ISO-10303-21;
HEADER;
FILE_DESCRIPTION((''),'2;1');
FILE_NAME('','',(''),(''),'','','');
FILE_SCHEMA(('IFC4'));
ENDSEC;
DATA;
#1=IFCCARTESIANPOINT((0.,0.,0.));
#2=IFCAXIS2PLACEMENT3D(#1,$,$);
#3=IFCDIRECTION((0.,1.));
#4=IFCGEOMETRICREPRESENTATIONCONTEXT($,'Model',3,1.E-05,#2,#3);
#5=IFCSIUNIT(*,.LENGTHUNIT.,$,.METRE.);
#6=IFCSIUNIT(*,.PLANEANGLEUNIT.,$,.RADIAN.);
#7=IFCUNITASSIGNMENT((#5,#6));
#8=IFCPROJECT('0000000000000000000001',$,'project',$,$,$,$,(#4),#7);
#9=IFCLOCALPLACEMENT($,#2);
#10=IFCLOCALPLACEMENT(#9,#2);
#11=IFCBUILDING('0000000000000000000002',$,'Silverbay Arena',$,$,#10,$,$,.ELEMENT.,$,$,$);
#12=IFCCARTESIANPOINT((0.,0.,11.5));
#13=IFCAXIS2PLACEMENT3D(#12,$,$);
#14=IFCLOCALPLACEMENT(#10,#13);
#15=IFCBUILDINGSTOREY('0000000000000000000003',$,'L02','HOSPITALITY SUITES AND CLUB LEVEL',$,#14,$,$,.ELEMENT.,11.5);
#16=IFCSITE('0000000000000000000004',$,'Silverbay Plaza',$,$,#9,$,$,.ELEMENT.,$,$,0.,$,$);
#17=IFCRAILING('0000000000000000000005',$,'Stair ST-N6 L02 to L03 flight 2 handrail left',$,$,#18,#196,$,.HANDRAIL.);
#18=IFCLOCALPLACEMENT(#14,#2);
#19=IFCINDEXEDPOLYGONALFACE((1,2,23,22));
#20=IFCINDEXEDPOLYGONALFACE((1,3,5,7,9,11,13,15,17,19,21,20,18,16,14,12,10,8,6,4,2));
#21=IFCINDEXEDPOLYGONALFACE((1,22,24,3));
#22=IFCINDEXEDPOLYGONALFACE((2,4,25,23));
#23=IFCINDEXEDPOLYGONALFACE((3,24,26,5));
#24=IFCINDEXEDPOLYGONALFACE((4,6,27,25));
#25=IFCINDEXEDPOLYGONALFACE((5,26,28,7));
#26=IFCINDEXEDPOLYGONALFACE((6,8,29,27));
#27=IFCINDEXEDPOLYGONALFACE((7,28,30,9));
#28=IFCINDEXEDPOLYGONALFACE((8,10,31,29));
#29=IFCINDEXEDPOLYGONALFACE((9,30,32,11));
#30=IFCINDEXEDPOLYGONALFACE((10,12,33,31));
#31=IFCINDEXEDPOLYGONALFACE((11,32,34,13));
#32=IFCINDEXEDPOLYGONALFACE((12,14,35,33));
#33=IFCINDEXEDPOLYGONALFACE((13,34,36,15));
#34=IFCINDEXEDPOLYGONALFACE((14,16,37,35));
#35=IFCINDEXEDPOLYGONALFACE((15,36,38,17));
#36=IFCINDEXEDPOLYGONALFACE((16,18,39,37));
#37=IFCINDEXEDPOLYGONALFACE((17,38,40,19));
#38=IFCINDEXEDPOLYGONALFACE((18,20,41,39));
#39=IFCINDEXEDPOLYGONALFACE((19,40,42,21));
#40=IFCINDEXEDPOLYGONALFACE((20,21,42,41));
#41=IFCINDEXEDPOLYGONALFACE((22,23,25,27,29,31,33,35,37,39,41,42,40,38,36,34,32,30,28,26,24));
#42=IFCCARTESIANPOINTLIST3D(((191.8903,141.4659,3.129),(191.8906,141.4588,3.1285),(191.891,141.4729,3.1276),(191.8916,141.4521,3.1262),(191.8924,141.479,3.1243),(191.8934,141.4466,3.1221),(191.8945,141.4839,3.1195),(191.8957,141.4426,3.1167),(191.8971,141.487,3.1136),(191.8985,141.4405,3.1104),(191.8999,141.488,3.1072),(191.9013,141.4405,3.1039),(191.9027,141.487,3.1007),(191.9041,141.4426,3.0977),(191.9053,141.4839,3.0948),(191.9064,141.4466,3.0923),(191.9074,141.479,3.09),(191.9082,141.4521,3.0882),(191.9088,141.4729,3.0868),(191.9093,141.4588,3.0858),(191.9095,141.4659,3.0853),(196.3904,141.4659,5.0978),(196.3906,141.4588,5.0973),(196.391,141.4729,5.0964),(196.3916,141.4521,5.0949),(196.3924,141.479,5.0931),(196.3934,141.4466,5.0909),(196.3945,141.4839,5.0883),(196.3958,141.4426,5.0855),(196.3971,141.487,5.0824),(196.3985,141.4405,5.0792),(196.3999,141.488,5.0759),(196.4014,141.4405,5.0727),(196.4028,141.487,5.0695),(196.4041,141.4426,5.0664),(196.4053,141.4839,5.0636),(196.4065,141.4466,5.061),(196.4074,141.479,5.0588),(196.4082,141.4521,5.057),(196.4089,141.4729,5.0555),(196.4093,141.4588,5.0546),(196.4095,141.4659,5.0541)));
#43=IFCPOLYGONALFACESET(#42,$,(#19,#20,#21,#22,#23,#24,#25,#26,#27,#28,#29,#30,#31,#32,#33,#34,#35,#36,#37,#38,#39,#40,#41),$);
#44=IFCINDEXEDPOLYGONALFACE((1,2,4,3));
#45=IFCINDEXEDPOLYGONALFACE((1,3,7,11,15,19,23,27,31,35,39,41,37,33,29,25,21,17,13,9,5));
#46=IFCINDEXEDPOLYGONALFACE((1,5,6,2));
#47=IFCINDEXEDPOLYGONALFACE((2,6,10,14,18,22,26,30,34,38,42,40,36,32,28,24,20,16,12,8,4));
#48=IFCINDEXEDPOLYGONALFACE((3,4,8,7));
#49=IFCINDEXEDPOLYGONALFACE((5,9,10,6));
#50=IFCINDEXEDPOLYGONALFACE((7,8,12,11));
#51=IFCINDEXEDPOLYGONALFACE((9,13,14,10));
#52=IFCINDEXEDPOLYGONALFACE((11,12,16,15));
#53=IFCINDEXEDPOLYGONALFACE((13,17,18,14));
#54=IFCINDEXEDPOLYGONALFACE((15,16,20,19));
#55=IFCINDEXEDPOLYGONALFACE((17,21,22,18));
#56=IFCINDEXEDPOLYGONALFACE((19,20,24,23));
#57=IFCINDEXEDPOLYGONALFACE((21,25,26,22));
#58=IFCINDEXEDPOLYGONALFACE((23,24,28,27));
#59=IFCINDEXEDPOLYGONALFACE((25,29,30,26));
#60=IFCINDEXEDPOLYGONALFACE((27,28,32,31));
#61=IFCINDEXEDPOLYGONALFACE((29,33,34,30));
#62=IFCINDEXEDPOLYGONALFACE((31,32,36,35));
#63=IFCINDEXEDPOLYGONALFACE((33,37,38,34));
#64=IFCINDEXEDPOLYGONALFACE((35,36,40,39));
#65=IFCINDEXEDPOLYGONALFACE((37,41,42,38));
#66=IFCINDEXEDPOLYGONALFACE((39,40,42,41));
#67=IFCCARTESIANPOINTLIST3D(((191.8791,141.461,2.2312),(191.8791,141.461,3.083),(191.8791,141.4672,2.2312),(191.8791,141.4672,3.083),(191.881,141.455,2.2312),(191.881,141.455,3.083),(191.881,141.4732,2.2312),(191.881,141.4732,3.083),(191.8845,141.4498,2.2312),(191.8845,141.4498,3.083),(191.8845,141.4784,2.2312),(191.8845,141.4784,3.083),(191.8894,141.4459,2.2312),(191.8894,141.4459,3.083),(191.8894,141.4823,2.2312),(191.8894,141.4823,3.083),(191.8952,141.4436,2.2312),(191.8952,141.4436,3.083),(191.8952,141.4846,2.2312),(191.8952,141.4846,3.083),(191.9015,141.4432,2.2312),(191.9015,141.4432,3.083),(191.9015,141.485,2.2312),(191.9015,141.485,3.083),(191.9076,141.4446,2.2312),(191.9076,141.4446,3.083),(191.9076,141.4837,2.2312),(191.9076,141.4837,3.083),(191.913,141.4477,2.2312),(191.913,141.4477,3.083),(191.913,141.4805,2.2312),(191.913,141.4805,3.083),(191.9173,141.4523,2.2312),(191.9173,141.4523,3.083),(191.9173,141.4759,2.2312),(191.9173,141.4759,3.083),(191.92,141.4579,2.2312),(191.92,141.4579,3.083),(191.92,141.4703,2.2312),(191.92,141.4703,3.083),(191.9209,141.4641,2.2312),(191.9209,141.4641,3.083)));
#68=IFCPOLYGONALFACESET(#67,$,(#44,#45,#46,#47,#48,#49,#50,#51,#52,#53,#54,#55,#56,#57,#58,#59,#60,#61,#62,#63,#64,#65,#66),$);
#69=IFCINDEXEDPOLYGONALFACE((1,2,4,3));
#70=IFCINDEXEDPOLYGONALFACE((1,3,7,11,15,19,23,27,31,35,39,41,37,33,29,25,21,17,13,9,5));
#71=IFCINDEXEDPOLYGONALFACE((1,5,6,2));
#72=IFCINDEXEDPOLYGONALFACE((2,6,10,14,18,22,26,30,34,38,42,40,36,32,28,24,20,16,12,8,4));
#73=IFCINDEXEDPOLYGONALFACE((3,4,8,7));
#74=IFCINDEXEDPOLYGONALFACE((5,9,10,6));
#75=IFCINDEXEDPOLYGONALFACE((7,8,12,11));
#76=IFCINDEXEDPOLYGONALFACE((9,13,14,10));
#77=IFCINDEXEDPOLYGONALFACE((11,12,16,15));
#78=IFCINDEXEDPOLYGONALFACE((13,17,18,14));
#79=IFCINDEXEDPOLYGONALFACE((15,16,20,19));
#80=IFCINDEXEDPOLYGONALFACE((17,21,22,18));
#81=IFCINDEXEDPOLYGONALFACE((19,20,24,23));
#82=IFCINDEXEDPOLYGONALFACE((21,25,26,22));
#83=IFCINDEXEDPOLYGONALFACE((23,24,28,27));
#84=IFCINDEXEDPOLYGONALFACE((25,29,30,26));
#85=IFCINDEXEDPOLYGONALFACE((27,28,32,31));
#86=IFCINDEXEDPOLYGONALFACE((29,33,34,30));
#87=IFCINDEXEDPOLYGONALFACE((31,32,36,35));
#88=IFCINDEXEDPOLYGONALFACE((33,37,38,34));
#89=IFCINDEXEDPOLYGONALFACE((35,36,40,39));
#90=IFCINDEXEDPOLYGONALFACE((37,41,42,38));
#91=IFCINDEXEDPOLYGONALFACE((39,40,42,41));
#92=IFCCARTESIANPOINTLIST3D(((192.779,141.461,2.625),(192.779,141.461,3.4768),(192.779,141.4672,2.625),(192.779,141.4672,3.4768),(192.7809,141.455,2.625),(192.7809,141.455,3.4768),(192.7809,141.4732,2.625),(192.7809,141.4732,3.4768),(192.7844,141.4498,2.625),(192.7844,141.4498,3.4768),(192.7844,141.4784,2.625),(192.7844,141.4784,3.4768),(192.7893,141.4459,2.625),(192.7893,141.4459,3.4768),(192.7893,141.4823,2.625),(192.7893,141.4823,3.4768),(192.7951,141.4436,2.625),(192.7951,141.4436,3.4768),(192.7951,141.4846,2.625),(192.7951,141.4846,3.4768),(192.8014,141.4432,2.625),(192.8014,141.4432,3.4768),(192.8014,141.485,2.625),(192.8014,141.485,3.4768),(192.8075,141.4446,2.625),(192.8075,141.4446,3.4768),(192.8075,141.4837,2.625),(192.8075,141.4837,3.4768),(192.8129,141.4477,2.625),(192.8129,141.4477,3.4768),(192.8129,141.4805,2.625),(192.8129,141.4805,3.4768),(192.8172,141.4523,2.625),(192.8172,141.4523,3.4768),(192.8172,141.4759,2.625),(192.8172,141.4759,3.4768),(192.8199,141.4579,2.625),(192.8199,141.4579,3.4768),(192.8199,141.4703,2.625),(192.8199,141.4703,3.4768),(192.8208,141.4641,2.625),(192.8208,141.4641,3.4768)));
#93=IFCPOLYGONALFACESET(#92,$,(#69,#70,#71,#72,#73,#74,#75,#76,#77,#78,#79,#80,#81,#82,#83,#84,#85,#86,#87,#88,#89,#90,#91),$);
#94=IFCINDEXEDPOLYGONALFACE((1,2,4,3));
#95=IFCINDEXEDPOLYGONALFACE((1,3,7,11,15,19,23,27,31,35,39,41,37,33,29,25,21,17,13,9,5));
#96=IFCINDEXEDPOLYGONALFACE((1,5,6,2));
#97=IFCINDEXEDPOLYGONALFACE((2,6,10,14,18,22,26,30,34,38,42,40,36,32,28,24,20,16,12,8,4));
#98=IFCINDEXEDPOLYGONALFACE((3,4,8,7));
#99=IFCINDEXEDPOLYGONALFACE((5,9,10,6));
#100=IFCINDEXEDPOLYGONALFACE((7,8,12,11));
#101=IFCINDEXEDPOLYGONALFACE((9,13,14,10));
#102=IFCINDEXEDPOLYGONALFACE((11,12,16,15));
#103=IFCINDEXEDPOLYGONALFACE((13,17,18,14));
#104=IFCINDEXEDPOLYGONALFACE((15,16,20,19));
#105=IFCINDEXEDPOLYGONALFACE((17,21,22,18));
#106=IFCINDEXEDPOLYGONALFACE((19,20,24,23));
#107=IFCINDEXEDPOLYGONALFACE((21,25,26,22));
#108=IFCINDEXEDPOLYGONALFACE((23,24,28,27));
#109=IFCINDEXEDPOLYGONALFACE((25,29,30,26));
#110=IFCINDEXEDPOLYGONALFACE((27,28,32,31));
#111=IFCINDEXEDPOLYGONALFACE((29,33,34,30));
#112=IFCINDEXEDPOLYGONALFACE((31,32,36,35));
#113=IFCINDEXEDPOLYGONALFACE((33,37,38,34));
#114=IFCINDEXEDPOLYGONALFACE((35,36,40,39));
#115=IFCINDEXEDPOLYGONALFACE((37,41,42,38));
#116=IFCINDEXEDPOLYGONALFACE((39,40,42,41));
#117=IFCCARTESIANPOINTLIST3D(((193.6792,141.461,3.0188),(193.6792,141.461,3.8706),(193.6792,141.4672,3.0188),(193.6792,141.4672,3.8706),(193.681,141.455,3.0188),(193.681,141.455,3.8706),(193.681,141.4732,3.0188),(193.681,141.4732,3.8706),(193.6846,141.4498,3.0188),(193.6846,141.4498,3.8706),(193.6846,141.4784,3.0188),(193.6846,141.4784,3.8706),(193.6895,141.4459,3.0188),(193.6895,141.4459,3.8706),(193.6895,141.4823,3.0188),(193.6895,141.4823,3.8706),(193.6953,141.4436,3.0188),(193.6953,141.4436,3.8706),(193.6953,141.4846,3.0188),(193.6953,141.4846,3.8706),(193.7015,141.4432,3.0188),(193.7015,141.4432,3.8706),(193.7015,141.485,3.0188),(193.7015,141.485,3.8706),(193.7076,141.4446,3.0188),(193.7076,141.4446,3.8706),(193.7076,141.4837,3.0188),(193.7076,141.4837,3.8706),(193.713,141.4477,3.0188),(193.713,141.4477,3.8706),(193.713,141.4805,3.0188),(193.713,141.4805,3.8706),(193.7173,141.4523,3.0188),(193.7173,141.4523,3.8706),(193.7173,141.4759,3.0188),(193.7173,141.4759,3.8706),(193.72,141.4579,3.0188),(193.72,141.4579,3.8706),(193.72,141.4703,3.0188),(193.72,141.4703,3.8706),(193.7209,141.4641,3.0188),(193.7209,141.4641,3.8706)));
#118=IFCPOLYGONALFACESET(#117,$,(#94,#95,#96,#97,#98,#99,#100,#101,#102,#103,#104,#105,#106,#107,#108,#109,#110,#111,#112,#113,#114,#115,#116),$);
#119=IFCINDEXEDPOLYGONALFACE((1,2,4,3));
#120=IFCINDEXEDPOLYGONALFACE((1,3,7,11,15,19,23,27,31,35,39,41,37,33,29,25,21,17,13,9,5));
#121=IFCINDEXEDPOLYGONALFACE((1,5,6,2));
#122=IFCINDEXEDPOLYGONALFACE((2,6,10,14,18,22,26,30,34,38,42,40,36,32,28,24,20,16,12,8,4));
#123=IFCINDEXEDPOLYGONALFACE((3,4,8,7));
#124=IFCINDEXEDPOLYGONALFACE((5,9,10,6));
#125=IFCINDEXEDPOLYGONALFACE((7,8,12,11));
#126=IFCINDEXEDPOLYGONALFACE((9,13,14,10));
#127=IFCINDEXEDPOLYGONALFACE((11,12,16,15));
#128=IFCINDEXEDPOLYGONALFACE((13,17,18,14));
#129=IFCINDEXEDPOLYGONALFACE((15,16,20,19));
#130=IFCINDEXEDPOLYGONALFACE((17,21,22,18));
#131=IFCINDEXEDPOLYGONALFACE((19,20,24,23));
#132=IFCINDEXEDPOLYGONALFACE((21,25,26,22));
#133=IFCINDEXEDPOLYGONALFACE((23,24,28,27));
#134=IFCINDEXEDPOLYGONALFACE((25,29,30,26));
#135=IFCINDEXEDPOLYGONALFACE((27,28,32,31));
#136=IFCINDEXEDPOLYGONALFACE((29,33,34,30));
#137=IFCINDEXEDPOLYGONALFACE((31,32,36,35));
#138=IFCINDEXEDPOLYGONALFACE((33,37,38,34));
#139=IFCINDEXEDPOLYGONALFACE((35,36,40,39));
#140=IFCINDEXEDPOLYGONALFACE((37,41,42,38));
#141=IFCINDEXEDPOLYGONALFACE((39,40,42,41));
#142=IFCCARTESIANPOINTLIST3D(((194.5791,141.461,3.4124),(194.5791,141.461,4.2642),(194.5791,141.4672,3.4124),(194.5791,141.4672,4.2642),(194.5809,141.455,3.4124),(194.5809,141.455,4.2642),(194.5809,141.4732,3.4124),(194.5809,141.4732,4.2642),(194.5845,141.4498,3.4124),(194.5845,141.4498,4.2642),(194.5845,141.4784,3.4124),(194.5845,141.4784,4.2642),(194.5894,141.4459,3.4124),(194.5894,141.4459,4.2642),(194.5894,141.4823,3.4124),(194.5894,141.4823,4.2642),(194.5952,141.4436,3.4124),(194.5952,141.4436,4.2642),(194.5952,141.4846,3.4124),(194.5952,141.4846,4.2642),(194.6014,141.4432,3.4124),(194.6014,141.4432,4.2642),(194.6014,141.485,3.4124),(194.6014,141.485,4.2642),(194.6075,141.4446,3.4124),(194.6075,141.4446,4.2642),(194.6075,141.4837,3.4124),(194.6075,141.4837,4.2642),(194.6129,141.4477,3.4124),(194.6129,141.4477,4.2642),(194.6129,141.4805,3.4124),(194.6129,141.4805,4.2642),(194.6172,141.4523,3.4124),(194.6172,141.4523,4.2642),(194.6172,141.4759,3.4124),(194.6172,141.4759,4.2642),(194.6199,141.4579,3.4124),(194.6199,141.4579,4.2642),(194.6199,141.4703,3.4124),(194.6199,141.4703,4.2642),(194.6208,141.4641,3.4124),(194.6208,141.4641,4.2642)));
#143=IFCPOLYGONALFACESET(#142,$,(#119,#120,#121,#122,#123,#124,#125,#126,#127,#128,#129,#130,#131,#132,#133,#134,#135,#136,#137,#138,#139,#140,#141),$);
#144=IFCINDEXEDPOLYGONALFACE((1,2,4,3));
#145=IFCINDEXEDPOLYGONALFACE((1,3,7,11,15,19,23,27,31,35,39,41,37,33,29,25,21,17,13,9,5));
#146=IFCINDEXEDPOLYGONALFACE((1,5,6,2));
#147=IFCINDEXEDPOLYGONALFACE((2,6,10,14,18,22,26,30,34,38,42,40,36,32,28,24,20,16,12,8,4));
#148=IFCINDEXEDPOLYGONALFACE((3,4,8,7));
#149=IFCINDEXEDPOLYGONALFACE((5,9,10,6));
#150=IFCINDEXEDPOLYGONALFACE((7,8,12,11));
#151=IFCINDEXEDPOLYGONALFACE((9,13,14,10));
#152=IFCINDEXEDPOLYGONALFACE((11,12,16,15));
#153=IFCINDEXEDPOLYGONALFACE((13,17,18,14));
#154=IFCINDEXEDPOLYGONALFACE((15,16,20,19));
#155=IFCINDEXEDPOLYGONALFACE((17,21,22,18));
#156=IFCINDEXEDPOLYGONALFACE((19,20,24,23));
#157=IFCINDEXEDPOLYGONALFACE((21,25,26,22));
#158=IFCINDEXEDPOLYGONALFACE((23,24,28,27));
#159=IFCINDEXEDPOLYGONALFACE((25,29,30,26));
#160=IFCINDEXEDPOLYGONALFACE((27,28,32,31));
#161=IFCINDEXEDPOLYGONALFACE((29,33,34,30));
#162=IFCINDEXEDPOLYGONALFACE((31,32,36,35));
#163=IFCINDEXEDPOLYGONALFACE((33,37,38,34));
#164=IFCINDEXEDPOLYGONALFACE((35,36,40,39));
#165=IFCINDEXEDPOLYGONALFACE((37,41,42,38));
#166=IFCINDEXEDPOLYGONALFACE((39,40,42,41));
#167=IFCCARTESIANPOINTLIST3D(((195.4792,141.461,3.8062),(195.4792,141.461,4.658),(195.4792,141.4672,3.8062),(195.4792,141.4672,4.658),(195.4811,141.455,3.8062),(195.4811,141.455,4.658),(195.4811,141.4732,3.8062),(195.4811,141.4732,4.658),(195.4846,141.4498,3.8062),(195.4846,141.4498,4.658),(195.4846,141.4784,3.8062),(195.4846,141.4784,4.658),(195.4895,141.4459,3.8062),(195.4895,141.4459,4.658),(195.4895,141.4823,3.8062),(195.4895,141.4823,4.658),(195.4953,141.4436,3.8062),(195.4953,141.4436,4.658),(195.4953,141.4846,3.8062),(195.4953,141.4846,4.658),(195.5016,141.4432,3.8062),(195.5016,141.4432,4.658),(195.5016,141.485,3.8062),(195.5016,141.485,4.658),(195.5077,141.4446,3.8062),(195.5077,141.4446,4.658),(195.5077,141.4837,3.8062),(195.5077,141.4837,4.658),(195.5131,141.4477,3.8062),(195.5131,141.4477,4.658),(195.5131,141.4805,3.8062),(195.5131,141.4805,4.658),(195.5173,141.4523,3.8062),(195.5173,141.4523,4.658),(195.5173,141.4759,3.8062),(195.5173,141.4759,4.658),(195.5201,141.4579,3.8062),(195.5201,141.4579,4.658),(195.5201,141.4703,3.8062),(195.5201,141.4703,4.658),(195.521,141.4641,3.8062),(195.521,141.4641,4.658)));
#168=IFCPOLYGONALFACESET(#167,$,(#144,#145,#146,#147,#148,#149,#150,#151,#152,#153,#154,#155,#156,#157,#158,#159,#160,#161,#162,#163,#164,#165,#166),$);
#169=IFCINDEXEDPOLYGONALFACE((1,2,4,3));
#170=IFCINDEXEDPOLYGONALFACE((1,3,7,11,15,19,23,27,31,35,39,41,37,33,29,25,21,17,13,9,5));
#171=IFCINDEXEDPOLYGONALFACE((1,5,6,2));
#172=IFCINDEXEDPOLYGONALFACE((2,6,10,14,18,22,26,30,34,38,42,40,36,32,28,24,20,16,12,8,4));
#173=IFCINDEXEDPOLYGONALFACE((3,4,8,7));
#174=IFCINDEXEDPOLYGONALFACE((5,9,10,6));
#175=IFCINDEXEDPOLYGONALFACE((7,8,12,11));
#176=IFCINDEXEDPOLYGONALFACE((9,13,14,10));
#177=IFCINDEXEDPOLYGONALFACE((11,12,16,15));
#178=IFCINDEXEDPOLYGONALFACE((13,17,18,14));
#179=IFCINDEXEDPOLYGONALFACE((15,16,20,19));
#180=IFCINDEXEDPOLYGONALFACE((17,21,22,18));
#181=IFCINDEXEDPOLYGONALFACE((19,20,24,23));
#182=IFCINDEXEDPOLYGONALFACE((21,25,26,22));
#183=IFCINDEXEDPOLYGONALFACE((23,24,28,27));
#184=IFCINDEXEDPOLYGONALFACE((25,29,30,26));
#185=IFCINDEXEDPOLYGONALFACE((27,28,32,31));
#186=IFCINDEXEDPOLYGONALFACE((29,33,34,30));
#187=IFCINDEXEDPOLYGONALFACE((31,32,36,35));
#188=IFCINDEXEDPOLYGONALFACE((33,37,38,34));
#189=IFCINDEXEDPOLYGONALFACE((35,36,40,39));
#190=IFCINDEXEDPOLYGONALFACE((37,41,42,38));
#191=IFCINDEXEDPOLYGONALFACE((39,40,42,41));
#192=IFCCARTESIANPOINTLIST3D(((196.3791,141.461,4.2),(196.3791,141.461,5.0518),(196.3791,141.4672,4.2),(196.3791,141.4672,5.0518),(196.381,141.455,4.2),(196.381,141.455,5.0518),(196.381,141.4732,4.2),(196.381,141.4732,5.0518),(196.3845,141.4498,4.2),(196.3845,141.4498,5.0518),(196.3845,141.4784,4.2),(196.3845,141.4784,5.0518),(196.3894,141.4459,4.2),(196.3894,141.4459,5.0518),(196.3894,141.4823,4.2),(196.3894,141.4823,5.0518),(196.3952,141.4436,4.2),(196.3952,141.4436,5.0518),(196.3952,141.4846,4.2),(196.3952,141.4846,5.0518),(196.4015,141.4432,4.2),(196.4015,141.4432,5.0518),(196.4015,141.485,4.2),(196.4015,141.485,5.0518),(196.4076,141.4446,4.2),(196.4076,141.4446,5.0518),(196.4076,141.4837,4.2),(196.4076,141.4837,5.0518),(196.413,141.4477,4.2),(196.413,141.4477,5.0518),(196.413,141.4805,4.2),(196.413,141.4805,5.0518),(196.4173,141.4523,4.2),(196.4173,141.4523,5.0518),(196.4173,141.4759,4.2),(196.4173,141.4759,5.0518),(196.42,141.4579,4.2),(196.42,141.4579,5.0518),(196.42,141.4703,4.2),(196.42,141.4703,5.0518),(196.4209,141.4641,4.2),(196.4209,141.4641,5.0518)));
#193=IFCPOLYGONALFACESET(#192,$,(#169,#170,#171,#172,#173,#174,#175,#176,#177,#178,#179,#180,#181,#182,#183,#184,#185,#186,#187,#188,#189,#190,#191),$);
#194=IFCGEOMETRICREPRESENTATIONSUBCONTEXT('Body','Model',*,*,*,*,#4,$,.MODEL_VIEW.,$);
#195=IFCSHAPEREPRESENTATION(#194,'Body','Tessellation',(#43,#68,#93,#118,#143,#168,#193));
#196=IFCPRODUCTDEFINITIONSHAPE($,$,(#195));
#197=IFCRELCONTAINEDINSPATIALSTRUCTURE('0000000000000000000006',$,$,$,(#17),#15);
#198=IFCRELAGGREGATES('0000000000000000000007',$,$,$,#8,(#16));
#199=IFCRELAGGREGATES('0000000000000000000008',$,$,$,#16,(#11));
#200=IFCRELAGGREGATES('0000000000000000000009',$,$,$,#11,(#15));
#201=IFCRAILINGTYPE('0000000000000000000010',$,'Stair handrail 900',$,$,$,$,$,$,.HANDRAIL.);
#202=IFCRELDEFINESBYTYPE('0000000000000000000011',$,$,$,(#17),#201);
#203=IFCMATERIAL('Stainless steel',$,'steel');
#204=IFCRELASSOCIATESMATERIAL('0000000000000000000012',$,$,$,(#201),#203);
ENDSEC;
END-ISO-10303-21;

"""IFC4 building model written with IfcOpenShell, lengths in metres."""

from ifc_helpers import new_model, si_unit, direction, frame, origin, origin_2d, place, context, subcontext, project, spatial, circle, extrude, material, type_object, element, save


model = new_model("IFC4")

# Units and contexts
model_context = context("Model", 3, precision=1e-05, world=origin(), true_north=direction((0.0, 1.0)))
body_context = subcontext(model_context, "Body", "Model", "MODEL_VIEW")
ifc_project = project(units=[si_unit("LENGTHUNIT", "METRE"), si_unit("PLANEANGLEUNIT", "RADIAN")], contexts=[model_context])

# Site, building, storey
site_placement = place(None, origin())
site = spatial("IfcSite", under=ifc_project, at=site_placement, Name="Silverbay Plaza", CompositionType="ELEMENT", RefElevation=0.0)
building_placement = place(site_placement, origin())
building = spatial("IfcBuilding", under=site, at=building_placement, Name="Silverbay Arena", CompositionType="ELEMENT")
storey_placement = place(building_placement, frame((0.0, 0.0, 11.5)))
storey = spatial("IfcBuildingStorey", under=building, at=storey_placement, Name="L02", Description="HOSPITALITY SUITES AND CLUB LEVEL", CompositionType="ELEMENT", Elevation=11.5)

# Railing
ifc_material_1 = material(Name="Stainless steel", Category="steel")
railing_type_1 = type_object("IfcRailingType", Name="Stair handrail 900", PredefinedType="HANDRAIL", material=ifc_material_1)
for number, where, name in (
    (1, (191.8999, 141.4641, 2.2312), "Stair ST-N6 L02 to L03 flight 2 handrail left"),
):
    element("IfcRailing", number, at=place(storey_placement, frame(where)), inside=storey, type_object=railing_type_1, Name=name, PredefinedType="HANDRAIL", context=body_context, shape_type="SweptSolid", body=[
        extrude(circle(Radius=0.0239, at=origin_2d()), frame((0.0, 0.0, 0.876), z_axis=(0.916157, 0.0, 0.400819), x_axis=(0.0, 1.0, 0.0)), (0.0, 0.0, 1.0), 4.9119),
        extrude(circle(Radius=0.021, at=origin_2d()), origin(), (0.0, 0.0, 1.0), 0.8518),
        extrude(circle(Radius=0.021, at=origin_2d()), frame((0.8999, 0.0, 0.3938)), (0.0, 0.0, 1.0), 0.8518),
        extrude(circle(Radius=0.021, at=origin_2d()), frame((1.8, 0.0, 0.7876)), (0.0, 0.0, 1.0), 0.8518),
        extrude(circle(Radius=0.021, at=origin_2d()), frame((2.7, 0.0, 1.1812)), (0.0, 0.0, 1.0), 0.8518),
        extrude(circle(Radius=0.021, at=origin_2d()), frame((3.6001, 0.0, 1.575)), (0.0, 0.0, 1.0), 0.8518),
        extrude(circle(Radius=0.021, at=origin_2d()), frame((4.5, 0.0, 1.9688)), (0.0, 0.0, 1.0), 0.8518),
    ])

save(model, "model.ifc")
